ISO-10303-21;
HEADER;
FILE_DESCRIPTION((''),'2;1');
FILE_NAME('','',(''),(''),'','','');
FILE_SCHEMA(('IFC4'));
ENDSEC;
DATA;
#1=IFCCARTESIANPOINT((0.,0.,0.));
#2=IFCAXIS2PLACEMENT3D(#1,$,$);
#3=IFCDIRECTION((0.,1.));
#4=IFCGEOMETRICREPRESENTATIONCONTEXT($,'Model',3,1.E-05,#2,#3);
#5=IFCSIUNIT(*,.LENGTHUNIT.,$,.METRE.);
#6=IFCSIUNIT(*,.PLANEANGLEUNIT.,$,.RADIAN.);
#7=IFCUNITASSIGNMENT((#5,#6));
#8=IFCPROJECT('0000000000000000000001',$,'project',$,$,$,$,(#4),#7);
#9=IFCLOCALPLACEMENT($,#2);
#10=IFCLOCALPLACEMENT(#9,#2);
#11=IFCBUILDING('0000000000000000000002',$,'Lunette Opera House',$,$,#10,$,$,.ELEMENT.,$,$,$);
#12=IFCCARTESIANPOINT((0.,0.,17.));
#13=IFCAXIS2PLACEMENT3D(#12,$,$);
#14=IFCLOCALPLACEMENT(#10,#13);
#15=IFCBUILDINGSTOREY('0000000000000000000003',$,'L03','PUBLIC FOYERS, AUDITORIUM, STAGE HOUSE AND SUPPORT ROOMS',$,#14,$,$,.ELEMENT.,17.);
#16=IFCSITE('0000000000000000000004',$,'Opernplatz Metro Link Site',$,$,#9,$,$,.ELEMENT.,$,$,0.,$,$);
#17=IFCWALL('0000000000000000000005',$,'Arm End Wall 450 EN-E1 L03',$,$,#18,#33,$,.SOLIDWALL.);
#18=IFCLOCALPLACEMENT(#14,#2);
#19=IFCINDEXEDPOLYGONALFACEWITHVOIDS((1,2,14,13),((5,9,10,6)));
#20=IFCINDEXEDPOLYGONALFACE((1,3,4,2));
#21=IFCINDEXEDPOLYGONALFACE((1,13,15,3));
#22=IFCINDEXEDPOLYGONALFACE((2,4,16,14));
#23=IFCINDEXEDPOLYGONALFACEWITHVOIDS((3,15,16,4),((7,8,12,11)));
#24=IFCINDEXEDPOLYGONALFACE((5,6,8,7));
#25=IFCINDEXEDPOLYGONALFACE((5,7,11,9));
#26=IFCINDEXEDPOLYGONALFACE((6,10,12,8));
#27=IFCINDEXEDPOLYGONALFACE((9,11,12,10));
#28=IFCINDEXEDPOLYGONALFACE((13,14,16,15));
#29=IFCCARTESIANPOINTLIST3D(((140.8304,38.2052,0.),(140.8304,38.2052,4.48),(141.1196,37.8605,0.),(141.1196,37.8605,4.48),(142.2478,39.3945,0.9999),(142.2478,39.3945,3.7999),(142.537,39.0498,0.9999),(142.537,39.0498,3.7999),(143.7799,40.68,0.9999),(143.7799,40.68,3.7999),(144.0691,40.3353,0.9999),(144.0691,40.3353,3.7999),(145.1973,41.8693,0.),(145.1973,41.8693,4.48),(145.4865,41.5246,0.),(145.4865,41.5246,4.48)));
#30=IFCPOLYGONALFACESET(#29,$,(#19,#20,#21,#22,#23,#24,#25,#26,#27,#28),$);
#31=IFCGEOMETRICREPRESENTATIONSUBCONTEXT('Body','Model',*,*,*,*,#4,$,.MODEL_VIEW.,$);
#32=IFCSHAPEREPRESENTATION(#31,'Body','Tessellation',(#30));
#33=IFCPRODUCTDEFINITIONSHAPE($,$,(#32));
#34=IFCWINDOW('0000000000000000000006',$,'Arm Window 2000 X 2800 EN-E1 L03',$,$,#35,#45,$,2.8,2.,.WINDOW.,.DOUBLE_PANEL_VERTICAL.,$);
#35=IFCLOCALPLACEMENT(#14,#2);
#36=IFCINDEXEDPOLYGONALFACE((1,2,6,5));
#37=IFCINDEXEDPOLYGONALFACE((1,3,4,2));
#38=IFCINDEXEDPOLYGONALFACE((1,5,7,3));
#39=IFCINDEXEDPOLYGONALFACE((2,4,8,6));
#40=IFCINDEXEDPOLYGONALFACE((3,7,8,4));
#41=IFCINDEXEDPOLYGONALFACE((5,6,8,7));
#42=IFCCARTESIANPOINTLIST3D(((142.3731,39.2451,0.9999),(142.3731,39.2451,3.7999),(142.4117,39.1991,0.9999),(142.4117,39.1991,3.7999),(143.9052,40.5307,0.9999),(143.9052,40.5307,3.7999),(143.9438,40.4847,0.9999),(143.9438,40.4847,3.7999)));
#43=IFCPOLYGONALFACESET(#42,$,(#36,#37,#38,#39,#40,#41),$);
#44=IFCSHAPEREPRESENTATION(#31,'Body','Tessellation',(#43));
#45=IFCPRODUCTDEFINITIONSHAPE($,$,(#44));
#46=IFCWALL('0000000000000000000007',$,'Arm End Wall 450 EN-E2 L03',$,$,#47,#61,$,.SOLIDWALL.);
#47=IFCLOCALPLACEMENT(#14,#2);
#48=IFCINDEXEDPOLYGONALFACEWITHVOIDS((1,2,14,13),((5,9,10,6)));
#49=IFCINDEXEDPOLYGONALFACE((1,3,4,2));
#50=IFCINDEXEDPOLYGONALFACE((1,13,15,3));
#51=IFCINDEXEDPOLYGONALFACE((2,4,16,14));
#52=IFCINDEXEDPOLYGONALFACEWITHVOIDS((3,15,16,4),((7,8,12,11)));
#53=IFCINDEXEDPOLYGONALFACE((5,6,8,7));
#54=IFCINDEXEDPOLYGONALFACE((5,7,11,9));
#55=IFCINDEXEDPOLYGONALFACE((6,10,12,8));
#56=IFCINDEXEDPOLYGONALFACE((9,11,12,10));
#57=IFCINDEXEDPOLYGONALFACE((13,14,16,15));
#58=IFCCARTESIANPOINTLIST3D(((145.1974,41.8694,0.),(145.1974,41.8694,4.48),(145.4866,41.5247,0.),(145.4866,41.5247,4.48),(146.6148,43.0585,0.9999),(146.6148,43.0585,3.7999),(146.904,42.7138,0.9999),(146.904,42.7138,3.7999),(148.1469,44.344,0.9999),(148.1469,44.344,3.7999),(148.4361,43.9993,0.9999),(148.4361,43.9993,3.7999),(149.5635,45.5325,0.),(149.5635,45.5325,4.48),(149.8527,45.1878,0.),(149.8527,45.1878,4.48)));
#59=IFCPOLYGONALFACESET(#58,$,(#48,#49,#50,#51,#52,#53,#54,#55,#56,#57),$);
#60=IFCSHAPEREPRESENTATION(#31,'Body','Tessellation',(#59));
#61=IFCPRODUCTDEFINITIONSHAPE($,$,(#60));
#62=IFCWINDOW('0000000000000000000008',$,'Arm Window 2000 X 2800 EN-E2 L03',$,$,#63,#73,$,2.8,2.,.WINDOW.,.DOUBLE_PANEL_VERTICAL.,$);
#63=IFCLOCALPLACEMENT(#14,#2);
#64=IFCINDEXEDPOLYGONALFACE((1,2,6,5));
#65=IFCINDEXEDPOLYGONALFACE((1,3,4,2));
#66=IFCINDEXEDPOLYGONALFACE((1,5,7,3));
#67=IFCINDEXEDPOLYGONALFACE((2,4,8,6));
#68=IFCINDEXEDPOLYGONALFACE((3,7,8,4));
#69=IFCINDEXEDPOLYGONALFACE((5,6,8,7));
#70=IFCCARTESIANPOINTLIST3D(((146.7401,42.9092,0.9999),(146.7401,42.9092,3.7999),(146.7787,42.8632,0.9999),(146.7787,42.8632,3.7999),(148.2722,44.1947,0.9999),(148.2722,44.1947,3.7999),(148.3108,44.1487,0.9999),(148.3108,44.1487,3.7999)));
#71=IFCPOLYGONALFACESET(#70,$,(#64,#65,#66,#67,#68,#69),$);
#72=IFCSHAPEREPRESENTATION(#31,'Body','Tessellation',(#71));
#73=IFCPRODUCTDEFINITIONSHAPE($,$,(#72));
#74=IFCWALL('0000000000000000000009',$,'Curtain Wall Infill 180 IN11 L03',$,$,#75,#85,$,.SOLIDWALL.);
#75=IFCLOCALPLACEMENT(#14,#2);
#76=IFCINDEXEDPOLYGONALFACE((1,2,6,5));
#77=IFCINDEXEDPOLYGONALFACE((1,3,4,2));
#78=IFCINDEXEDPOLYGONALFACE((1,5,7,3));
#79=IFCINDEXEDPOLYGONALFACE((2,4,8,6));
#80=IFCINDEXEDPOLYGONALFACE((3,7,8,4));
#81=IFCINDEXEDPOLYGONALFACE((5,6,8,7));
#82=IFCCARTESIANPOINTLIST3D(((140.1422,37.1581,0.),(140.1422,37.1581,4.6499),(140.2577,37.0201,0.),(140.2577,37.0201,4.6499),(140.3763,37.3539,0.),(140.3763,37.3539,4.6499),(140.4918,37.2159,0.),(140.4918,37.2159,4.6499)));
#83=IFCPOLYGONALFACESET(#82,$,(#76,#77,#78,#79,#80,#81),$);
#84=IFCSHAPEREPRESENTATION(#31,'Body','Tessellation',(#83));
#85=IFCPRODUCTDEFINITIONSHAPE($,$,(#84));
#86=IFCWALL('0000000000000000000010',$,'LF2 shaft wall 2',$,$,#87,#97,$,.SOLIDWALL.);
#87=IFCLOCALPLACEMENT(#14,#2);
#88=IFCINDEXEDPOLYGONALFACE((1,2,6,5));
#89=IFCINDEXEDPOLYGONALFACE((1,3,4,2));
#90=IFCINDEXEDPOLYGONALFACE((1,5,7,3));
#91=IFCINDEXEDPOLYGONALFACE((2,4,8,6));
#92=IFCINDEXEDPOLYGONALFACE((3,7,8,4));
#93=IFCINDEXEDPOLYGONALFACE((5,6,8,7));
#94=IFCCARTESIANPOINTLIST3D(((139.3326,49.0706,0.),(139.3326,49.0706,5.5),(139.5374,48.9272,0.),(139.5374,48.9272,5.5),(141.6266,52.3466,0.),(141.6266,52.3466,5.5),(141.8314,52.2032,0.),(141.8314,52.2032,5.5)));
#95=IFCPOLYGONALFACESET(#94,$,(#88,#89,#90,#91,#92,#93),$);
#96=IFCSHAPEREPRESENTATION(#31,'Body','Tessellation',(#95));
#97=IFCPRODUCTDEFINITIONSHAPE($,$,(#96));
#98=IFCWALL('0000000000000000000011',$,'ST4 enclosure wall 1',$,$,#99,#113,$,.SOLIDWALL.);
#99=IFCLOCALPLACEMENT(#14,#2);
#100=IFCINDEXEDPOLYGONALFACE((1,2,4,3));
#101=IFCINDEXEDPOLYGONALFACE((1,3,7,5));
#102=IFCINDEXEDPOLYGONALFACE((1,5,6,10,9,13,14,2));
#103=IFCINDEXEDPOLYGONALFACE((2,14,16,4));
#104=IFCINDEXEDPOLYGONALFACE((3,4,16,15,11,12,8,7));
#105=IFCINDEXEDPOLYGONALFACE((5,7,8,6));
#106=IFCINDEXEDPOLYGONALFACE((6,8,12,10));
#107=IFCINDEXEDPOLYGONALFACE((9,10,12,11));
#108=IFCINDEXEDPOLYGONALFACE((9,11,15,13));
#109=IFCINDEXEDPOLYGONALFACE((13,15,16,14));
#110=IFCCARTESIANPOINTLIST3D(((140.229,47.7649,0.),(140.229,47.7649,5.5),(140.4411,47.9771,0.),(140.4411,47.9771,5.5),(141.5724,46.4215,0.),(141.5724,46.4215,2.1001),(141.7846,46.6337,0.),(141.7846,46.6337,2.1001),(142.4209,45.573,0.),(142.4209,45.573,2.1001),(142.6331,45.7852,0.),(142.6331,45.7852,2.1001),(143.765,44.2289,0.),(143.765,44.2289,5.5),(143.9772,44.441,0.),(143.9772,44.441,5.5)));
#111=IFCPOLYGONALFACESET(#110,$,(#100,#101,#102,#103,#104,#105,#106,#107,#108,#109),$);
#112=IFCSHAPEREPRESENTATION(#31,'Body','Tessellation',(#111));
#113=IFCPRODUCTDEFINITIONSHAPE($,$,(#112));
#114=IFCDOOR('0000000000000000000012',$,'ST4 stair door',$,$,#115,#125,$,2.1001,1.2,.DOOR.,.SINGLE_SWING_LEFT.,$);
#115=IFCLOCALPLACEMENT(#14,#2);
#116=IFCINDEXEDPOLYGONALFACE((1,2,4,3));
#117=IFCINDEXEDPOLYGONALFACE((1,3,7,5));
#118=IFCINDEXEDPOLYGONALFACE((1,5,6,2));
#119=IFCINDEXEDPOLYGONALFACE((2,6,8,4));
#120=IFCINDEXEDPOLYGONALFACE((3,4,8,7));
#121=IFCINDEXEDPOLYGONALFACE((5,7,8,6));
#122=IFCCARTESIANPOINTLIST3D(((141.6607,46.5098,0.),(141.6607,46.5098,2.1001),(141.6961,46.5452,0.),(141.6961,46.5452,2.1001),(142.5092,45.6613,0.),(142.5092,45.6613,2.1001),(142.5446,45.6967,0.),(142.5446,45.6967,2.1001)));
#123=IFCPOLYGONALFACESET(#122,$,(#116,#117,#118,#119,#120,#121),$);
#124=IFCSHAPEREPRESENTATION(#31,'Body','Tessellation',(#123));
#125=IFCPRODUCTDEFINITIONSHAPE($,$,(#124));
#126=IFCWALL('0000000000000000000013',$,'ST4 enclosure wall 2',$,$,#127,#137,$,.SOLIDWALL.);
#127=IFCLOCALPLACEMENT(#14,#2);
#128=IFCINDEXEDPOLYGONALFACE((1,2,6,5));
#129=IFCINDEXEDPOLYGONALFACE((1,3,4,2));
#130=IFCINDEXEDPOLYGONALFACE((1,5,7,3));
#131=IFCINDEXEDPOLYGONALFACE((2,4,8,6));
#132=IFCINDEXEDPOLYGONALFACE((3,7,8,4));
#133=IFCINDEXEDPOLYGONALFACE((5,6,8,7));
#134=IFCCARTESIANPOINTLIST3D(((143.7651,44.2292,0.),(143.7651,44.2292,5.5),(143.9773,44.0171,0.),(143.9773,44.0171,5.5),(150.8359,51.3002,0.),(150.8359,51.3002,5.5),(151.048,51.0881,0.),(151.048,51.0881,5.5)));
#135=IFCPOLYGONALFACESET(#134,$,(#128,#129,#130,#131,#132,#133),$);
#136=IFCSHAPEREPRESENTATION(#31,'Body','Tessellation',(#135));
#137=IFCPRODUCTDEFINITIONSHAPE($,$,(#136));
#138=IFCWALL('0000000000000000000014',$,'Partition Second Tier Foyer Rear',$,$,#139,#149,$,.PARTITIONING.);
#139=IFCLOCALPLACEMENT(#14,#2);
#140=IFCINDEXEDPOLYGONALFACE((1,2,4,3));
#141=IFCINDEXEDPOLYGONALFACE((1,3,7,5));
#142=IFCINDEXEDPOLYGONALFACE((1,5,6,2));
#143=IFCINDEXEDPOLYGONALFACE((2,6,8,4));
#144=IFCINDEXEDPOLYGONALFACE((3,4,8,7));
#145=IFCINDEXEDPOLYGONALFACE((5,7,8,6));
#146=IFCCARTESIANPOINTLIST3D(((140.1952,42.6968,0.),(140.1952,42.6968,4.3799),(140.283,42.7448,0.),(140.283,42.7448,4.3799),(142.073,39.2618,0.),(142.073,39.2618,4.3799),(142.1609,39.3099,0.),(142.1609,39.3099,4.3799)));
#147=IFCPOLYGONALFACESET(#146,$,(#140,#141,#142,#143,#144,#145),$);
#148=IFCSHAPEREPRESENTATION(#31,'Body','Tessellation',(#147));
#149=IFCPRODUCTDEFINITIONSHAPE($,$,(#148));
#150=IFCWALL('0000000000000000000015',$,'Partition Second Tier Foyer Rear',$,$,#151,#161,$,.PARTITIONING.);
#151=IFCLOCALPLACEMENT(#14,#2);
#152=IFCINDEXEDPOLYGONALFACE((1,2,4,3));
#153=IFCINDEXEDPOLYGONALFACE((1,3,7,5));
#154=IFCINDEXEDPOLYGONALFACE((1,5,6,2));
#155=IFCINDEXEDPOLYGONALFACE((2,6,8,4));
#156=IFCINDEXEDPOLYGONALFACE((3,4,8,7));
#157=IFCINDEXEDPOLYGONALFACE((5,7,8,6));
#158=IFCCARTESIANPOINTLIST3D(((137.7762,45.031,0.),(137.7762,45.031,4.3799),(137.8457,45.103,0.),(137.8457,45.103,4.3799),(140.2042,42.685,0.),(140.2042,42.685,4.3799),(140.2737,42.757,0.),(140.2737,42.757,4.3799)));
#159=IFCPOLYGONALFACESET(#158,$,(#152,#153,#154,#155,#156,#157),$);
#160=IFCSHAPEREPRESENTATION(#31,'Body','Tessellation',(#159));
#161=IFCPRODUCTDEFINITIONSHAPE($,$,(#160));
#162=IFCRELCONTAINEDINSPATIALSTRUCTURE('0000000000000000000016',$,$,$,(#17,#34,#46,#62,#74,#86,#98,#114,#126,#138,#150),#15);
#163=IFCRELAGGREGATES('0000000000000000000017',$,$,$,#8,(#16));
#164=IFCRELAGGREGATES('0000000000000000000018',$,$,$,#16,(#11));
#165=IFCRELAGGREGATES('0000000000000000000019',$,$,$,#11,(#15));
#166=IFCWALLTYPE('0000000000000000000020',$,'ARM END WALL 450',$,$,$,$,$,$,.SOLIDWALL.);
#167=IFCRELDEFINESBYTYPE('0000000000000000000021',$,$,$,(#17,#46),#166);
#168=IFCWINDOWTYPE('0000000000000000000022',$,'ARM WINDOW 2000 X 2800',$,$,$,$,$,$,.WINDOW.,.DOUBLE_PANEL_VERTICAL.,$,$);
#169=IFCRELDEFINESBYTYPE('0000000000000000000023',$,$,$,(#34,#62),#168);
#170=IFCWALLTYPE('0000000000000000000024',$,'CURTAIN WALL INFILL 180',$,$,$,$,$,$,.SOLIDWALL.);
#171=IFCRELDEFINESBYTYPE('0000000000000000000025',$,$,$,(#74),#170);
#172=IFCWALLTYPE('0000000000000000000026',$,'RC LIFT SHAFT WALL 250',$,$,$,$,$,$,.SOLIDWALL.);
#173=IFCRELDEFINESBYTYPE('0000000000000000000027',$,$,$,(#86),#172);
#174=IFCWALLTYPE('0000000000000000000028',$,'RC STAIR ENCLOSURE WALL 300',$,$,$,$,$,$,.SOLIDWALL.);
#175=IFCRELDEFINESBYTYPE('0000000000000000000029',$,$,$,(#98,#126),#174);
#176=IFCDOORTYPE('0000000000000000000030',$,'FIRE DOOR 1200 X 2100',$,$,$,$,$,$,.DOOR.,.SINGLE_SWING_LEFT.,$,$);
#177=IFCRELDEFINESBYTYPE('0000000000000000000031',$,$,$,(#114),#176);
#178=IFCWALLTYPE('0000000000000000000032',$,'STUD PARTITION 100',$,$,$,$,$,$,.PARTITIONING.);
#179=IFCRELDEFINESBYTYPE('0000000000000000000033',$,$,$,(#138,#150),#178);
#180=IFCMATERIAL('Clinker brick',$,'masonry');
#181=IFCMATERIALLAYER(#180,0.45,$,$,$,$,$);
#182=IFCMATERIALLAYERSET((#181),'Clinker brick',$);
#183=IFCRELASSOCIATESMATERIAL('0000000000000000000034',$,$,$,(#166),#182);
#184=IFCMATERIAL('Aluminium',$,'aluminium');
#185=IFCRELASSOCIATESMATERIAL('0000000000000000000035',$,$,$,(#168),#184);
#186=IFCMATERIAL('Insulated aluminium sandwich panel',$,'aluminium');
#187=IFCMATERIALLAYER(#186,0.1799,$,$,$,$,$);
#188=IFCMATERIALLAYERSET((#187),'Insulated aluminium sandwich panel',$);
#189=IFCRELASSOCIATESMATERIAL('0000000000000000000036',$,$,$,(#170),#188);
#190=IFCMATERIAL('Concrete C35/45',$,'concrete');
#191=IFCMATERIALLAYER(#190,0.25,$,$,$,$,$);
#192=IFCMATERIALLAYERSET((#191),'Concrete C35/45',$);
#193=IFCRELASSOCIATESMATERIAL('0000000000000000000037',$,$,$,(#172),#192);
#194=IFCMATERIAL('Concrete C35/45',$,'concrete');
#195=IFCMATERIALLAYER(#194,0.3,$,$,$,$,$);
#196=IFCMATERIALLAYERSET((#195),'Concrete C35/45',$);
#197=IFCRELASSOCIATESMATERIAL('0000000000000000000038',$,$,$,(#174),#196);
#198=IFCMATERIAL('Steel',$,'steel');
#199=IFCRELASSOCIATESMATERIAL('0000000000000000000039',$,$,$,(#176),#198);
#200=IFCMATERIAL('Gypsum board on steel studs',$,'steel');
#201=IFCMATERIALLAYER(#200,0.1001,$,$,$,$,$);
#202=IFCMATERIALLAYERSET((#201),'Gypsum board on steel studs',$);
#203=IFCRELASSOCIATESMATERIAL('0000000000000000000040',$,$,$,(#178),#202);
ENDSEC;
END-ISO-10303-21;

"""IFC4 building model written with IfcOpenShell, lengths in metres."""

from ifc_helpers import new_model, si_unit, direction, frame, frame_2d, origin, place, context, subcontext, project, spatial, rectangle, extrude, material, layer, layer_set, type_object, element, fill, save


model = new_model("IFC4")

# Units and contexts
model_context = context("Model", 3, precision=1e-05, world=origin(), true_north=direction((0.0, 1.0)))
body_context = subcontext(model_context, "Body", "Model", "MODEL_VIEW")
ifc_project = project(units=[si_unit("LENGTHUNIT", "METRE"), si_unit("PLANEANGLEUNIT", "RADIAN")], contexts=[model_context])

# Site, building, storey
site_placement = place(None, origin())
site = spatial("IfcSite", under=ifc_project, at=site_placement, Name="Opernplatz Metro Link Site", CompositionType="ELEMENT", RefElevation=0.0)
building_placement = place(site_placement, origin())
building = spatial("IfcBuilding", under=site, at=building_placement, Name="Lunette Opera House", CompositionType="ELEMENT")
storey_placement = place(building_placement, frame((0.0, 0.0, 17.0)))
storey = spatial("IfcBuildingStorey", under=building, at=storey_placement, Name="L03", Description="PUBLIC FOYERS, AUDITORIUM, STAGE HOUSE AND SUPPORT ROOMS", CompositionType="ELEMENT", Elevation=17.0)

# Walls, openings, windows
ifc_material_1 = material(Name="Clinker brick", Category="masonry")
ifc_layer_1 = layer(ifc_material_1, 0.45)
ifc_layer_set_1 = layer_set([ifc_layer_1], Name="Clinker brick")
wall_type_1 = type_object("IfcWallType", Name="ARM END WALL 450", PredefinedType="SOLIDWALL", material=ifc_layer_set_1)
wall_1_placement = place(storey_placement, frame((140.9751, 38.033, 0.0), z_axis=(0.0, 0.0, 1.0), x_axis=(0.766065, 0.642763, 0.0)))
wall_1 = element("IfcWall", 1, at=wall_1_placement, inside=storey, type_object=wall_type_1, Name="Arm End Wall 450 EN-E1 L03", PredefinedType="SOLIDWALL", context=body_context, shape_type="SweptSolid", body=[
    extrude(rectangle(XDim=5.7004, YDim=0.45, at=frame_2d((2.8501, 0.0))), origin(), (0.0, 0.0, 1.0), 4.48),
])
opening_1_placement = place(wall_1_placement, frame((1.8501, 0.0, 1.0)))
opening_1 = element("IfcOpeningElement", 2, at=opening_1_placement, cuts=wall_1, PredefinedType="OPENING", context=body_context, shape_type="SweptSolid", body=[
    extrude(rectangle(XDim=2.0, YDim=2.8, at=frame_2d((1.0, 1.3999))), frame((0.0, 0.2371, 0.0), z_axis=(0.0, -1.0, 0.0), x_axis=(1.0, 0.0, 0.0)), (0.0, 0.0, 1.0), 0.4739),
])
ifc_material_2 = material(Name="Aluminium", Category="aluminium")
window_type = type_object("IfcWindowType", Name="ARM WINDOW 2000 X 2800", PartitioningType="DOUBLE_PANEL_VERTICAL", PredefinedType="WINDOW", material=ifc_material_2)
window_1_placement = place(opening_1_placement, origin())
window_1 = element("IfcWindow", 3, at=window_1_placement, inside=storey, type_object=window_type, Name="Arm Window 2000 X 2800 EN-E1 L03", OverallHeight=2.8, OverallWidth=2.0, PartitioningType="DOUBLE_PANEL_VERTICAL", PredefinedType="WINDOW", context=body_context, shape_type="SweptSolid", body=[
    extrude(rectangle(XDim=2.0, YDim=2.8, at=frame_2d((1.0, 1.3999))), frame((0.0, 0.03, 0.0), z_axis=(0.0, -1.0, 0.0), x_axis=(1.0, 0.0, 0.0)), (0.0, 0.0, 1.0), 0.0601),
])
fill(opening_1, window_1)
wall_2_placement = place(storey_placement, frame((145.342, 41.697, 0.0), z_axis=(0.0, 0.0, 1.0), x_axis=(0.766079, 0.642747, 0.0)))
wall_2 = element("IfcWall", 4, at=wall_2_placement, inside=storey, type_object=wall_type_1, Name="Arm End Wall 450 EN-E2 L03", PredefinedType="SOLIDWALL", context=body_context, shape_type="SweptSolid", body=[
    extrude(rectangle(XDim=5.6992, YDim=0.45, at=frame_2d((2.8496, 0.0))), origin(), (0.0, 0.0, 1.0), 4.48),
])
opening_2_placement = place(wall_2_placement, frame((1.8501, 0.0, 1.0)))
opening_2 = element("IfcOpeningElement", 5, at=opening_2_placement, cuts=wall_2, PredefinedType="OPENING", context=body_context, shape_type="SweptSolid", body=[
    extrude(rectangle(XDim=2.0, YDim=2.8, at=frame_2d((1.0, 1.3999))), frame((0.0, 0.2371, 0.0), z_axis=(0.0, -1.0, 0.0), x_axis=(1.0, 0.0, 0.0)), (0.0, 0.0, 1.0), 0.4739),
])
window_2_placement = place(opening_2_placement, origin())
window_2 = element("IfcWindow", 6, at=window_2_placement, inside=storey, type_object=window_type, Name="Arm Window 2000 X 2800 EN-E2 L03", OverallHeight=2.8, OverallWidth=2.0, PartitioningType="DOUBLE_PANEL_VERTICAL", PredefinedType="WINDOW", context=body_context, shape_type="SweptSolid", body=[
    extrude(rectangle(XDim=2.0, YDim=2.8, at=frame_2d((1.0, 1.3999))), frame((0.0, 0.03, 0.0), z_axis=(0.0, -1.0, 0.0), x_axis=(1.0, 0.0, 0.0)), (0.0, 0.0, 1.0), 0.0601),
])
fill(opening_2, window_2)

# Walls
ifc_material_3 = material(Name="Insulated aluminium sandwich panel", Category="aluminium")
ifc_layer_2 = layer(ifc_material_3, 0.1799)
ifc_layer_set_2 = layer_set([ifc_layer_2], Name="Insulated aluminium sandwich panel")
wall_type_2 = type_object("IfcWallType", Name="CURTAIN WALL INFILL 180", PredefinedType="SOLIDWALL", material=ifc_layer_set_2)
wall_3_placement = place(storey_placement, frame((140.2, 37.0891, 0.0), z_axis=(0.0, 0.0, 1.0), x_axis=(0.767105, 0.641521, 0.0)))
element("IfcWall", 7, at=wall_3_placement, inside=storey, type_object=wall_type_2, Name="Curtain Wall Infill 180 IN11 L03", PredefinedType="SOLIDWALL", context=body_context, shape_type="SweptSolid", body=[
    extrude(rectangle(XDim=0.3052, YDim=0.1799, at=frame_2d((0.1526, 0.0))), origin(), (0.0, 0.0, 1.0), 4.6499),
])
ifc_material_4 = material(Name="Concrete C35/45", Category="concrete")
ifc_layer_3 = layer(ifc_material_4, 0.25)
ifc_layer_set_3 = layer_set([ifc_layer_3], Name="Concrete C35/45")
wall_type_3 = type_object("IfcWallType", Name="RC LIFT SHAFT WALL 250", PredefinedType="SOLIDWALL", material=ifc_layer_set_3)
wall_4_placement = place(storey_placement, frame((139.4351, 48.999, 0.0), z_axis=(0.0, 0.0, 1.0), x_axis=(0.573602, 0.819134, 0.0)))
element("IfcWall", 8, at=wall_4_placement, inside=storey, type_object=wall_type_3, Name="LF2 shaft wall 2", PredefinedType="SOLIDWALL", context=body_context, shape_type="SweptSolid", body=[
    extrude(rectangle(XDim=3.9993, YDim=0.25, at=frame_2d((1.9995, 0.0))), origin(), (0.0, 0.0, 1.0), 5.5),
])

# Wall, opening, door
ifc_material_5 = material(Name="Concrete C35/45", Category="concrete")
ifc_layer_4 = layer(ifc_material_5, 0.3)
ifc_layer_set_4 = layer_set([ifc_layer_4], Name="Concrete C35/45")
wall_type_4 = type_object("IfcWallType", Name="RC STAIR ENCLOSURE WALL 300", PredefinedType="SOLIDWALL", material=ifc_layer_set_4)
wall_5_placement = place(storey_placement, frame((140.335, 47.8711, 0.0), z_axis=(0.0, 0.0, 1.0), x_axis=(0.707107, -0.707107, 0.0)))
wall_5 = element("IfcWall", 9, at=wall_5_placement, inside=storey, type_object=wall_type_4, Name="ST4 enclosure wall 1", PredefinedType="SOLIDWALL", context=body_context, shape_type="SweptSolid", body=[
    extrude(rectangle(XDim=5.0007, YDim=0.3, at=frame_2d((2.5005, 0.0))), origin(), (0.0, 0.0, 1.0), 5.5),
])
opening_3_placement = place(wall_5_placement, frame((1.8999, 0.0, 0.0)))
opening_3 = element("IfcOpeningElement", 10, at=opening_3_placement, cuts=wall_5, PredefinedType="OPENING", context=body_context, shape_type="SweptSolid", body=[
    extrude(rectangle(XDim=1.2, YDim=2.1001, at=frame_2d((0.6001, 1.05))), frame((0.0, 0.1621, 0.0), z_axis=(0.0, -1.0, 0.0), x_axis=(1.0, 0.0, 0.0)), (0.0, 0.0, 1.0), 0.324),
])
ifc_material_6 = material(Name="Steel", Category="steel")
door_type = type_object("IfcDoorType", Name="FIRE DOOR 1200 X 2100", OperationType="SINGLE_SWING_LEFT", PredefinedType="DOOR", material=ifc_material_6)
door_placement = place(opening_3_placement, origin())
door = element("IfcDoor", 11, at=door_placement, inside=storey, type_object=door_type, Name="ST4 stair door", OperationType="SINGLE_SWING_LEFT", OverallHeight=2.1001, OverallWidth=1.2, PredefinedType="DOOR", context=body_context, shape_type="SweptSolid", body=[
    extrude(rectangle(XDim=1.2, YDim=2.1001, at=frame_2d((0.6001, 1.05))), frame((0.0, 0.0249, 0.0), z_axis=(0.0, -1.0, 0.0), x_axis=(1.0, 0.0, 0.0)), (0.0, 0.0, 1.0), 0.05),
])
fill(opening_3, door)

# Walls
wall_6_placement = place(storey_placement, frame((143.8711, 44.123, 0.0), z_axis=(0.0, 0.0, 1.0), x_axis=(0.707095, 0.707119, 0.0)))
element("IfcWall", 12, at=wall_6_placement, inside=storey, type_object=wall_type_4, Name="ST4 enclosure wall 2", PredefinedType="SOLIDWALL", context=body_context, shape_type="SweptSolid", body=[
    extrude(rectangle(XDim=9.9998, YDim=0.3, at=frame_2d((5.0, 0.0))), origin(), (0.0, 0.0, 1.0), 5.5),
])
ifc_material_7 = material(Name="Gypsum board on steel studs", Category="steel")
ifc_layer_5 = layer(ifc_material_7, 0.1001)
ifc_layer_set_5 = layer_set([ifc_layer_5], Name="Gypsum board on steel studs")
wall_type_5 = type_object("IfcWallType", Name="STUD PARTITION 100", PredefinedType="PARTITIONING", material=ifc_layer_set_5)
wall_7_placement = place(storey_placement, frame((140.239, 42.7209, 0.0), z_axis=(0.0, 0.0, 1.0), x_axis=(0.479691, -0.877438, 0.0)))
element("IfcWall", 13, at=wall_7_placement, inside=storey, type_object=wall_type_5, Name="Partition Second Tier Foyer Rear", PredefinedType="PARTITIONING", context=body_context, shape_type="SweptSolid", body=[
    extrude(rectangle(XDim=3.9148, YDim=0.1001, at=frame_2d((1.9575, 0.0))), origin(), (0.0, 0.0, 1.0), 4.3799),
])
wall_8_placement = place(storey_placement, frame((137.811, 45.0669, 0.0), z_axis=(0.0, 0.0, 1.0), x_axis=(0.719151, -0.694854, 0.0)))
element("IfcWall", 14, at=wall_8_placement, inside=storey, type_object=wall_type_5, Name="Partition Second Tier Foyer Rear", PredefinedType="PARTITIONING", context=body_context, shape_type="SweptSolid", body=[
    extrude(rectangle(XDim=3.3762, YDim=0.1001, at=frame_2d((1.688, 0.0))), origin(), (0.0, 0.0, 1.0), 4.3799),
])

save(model, "model.ifc")
